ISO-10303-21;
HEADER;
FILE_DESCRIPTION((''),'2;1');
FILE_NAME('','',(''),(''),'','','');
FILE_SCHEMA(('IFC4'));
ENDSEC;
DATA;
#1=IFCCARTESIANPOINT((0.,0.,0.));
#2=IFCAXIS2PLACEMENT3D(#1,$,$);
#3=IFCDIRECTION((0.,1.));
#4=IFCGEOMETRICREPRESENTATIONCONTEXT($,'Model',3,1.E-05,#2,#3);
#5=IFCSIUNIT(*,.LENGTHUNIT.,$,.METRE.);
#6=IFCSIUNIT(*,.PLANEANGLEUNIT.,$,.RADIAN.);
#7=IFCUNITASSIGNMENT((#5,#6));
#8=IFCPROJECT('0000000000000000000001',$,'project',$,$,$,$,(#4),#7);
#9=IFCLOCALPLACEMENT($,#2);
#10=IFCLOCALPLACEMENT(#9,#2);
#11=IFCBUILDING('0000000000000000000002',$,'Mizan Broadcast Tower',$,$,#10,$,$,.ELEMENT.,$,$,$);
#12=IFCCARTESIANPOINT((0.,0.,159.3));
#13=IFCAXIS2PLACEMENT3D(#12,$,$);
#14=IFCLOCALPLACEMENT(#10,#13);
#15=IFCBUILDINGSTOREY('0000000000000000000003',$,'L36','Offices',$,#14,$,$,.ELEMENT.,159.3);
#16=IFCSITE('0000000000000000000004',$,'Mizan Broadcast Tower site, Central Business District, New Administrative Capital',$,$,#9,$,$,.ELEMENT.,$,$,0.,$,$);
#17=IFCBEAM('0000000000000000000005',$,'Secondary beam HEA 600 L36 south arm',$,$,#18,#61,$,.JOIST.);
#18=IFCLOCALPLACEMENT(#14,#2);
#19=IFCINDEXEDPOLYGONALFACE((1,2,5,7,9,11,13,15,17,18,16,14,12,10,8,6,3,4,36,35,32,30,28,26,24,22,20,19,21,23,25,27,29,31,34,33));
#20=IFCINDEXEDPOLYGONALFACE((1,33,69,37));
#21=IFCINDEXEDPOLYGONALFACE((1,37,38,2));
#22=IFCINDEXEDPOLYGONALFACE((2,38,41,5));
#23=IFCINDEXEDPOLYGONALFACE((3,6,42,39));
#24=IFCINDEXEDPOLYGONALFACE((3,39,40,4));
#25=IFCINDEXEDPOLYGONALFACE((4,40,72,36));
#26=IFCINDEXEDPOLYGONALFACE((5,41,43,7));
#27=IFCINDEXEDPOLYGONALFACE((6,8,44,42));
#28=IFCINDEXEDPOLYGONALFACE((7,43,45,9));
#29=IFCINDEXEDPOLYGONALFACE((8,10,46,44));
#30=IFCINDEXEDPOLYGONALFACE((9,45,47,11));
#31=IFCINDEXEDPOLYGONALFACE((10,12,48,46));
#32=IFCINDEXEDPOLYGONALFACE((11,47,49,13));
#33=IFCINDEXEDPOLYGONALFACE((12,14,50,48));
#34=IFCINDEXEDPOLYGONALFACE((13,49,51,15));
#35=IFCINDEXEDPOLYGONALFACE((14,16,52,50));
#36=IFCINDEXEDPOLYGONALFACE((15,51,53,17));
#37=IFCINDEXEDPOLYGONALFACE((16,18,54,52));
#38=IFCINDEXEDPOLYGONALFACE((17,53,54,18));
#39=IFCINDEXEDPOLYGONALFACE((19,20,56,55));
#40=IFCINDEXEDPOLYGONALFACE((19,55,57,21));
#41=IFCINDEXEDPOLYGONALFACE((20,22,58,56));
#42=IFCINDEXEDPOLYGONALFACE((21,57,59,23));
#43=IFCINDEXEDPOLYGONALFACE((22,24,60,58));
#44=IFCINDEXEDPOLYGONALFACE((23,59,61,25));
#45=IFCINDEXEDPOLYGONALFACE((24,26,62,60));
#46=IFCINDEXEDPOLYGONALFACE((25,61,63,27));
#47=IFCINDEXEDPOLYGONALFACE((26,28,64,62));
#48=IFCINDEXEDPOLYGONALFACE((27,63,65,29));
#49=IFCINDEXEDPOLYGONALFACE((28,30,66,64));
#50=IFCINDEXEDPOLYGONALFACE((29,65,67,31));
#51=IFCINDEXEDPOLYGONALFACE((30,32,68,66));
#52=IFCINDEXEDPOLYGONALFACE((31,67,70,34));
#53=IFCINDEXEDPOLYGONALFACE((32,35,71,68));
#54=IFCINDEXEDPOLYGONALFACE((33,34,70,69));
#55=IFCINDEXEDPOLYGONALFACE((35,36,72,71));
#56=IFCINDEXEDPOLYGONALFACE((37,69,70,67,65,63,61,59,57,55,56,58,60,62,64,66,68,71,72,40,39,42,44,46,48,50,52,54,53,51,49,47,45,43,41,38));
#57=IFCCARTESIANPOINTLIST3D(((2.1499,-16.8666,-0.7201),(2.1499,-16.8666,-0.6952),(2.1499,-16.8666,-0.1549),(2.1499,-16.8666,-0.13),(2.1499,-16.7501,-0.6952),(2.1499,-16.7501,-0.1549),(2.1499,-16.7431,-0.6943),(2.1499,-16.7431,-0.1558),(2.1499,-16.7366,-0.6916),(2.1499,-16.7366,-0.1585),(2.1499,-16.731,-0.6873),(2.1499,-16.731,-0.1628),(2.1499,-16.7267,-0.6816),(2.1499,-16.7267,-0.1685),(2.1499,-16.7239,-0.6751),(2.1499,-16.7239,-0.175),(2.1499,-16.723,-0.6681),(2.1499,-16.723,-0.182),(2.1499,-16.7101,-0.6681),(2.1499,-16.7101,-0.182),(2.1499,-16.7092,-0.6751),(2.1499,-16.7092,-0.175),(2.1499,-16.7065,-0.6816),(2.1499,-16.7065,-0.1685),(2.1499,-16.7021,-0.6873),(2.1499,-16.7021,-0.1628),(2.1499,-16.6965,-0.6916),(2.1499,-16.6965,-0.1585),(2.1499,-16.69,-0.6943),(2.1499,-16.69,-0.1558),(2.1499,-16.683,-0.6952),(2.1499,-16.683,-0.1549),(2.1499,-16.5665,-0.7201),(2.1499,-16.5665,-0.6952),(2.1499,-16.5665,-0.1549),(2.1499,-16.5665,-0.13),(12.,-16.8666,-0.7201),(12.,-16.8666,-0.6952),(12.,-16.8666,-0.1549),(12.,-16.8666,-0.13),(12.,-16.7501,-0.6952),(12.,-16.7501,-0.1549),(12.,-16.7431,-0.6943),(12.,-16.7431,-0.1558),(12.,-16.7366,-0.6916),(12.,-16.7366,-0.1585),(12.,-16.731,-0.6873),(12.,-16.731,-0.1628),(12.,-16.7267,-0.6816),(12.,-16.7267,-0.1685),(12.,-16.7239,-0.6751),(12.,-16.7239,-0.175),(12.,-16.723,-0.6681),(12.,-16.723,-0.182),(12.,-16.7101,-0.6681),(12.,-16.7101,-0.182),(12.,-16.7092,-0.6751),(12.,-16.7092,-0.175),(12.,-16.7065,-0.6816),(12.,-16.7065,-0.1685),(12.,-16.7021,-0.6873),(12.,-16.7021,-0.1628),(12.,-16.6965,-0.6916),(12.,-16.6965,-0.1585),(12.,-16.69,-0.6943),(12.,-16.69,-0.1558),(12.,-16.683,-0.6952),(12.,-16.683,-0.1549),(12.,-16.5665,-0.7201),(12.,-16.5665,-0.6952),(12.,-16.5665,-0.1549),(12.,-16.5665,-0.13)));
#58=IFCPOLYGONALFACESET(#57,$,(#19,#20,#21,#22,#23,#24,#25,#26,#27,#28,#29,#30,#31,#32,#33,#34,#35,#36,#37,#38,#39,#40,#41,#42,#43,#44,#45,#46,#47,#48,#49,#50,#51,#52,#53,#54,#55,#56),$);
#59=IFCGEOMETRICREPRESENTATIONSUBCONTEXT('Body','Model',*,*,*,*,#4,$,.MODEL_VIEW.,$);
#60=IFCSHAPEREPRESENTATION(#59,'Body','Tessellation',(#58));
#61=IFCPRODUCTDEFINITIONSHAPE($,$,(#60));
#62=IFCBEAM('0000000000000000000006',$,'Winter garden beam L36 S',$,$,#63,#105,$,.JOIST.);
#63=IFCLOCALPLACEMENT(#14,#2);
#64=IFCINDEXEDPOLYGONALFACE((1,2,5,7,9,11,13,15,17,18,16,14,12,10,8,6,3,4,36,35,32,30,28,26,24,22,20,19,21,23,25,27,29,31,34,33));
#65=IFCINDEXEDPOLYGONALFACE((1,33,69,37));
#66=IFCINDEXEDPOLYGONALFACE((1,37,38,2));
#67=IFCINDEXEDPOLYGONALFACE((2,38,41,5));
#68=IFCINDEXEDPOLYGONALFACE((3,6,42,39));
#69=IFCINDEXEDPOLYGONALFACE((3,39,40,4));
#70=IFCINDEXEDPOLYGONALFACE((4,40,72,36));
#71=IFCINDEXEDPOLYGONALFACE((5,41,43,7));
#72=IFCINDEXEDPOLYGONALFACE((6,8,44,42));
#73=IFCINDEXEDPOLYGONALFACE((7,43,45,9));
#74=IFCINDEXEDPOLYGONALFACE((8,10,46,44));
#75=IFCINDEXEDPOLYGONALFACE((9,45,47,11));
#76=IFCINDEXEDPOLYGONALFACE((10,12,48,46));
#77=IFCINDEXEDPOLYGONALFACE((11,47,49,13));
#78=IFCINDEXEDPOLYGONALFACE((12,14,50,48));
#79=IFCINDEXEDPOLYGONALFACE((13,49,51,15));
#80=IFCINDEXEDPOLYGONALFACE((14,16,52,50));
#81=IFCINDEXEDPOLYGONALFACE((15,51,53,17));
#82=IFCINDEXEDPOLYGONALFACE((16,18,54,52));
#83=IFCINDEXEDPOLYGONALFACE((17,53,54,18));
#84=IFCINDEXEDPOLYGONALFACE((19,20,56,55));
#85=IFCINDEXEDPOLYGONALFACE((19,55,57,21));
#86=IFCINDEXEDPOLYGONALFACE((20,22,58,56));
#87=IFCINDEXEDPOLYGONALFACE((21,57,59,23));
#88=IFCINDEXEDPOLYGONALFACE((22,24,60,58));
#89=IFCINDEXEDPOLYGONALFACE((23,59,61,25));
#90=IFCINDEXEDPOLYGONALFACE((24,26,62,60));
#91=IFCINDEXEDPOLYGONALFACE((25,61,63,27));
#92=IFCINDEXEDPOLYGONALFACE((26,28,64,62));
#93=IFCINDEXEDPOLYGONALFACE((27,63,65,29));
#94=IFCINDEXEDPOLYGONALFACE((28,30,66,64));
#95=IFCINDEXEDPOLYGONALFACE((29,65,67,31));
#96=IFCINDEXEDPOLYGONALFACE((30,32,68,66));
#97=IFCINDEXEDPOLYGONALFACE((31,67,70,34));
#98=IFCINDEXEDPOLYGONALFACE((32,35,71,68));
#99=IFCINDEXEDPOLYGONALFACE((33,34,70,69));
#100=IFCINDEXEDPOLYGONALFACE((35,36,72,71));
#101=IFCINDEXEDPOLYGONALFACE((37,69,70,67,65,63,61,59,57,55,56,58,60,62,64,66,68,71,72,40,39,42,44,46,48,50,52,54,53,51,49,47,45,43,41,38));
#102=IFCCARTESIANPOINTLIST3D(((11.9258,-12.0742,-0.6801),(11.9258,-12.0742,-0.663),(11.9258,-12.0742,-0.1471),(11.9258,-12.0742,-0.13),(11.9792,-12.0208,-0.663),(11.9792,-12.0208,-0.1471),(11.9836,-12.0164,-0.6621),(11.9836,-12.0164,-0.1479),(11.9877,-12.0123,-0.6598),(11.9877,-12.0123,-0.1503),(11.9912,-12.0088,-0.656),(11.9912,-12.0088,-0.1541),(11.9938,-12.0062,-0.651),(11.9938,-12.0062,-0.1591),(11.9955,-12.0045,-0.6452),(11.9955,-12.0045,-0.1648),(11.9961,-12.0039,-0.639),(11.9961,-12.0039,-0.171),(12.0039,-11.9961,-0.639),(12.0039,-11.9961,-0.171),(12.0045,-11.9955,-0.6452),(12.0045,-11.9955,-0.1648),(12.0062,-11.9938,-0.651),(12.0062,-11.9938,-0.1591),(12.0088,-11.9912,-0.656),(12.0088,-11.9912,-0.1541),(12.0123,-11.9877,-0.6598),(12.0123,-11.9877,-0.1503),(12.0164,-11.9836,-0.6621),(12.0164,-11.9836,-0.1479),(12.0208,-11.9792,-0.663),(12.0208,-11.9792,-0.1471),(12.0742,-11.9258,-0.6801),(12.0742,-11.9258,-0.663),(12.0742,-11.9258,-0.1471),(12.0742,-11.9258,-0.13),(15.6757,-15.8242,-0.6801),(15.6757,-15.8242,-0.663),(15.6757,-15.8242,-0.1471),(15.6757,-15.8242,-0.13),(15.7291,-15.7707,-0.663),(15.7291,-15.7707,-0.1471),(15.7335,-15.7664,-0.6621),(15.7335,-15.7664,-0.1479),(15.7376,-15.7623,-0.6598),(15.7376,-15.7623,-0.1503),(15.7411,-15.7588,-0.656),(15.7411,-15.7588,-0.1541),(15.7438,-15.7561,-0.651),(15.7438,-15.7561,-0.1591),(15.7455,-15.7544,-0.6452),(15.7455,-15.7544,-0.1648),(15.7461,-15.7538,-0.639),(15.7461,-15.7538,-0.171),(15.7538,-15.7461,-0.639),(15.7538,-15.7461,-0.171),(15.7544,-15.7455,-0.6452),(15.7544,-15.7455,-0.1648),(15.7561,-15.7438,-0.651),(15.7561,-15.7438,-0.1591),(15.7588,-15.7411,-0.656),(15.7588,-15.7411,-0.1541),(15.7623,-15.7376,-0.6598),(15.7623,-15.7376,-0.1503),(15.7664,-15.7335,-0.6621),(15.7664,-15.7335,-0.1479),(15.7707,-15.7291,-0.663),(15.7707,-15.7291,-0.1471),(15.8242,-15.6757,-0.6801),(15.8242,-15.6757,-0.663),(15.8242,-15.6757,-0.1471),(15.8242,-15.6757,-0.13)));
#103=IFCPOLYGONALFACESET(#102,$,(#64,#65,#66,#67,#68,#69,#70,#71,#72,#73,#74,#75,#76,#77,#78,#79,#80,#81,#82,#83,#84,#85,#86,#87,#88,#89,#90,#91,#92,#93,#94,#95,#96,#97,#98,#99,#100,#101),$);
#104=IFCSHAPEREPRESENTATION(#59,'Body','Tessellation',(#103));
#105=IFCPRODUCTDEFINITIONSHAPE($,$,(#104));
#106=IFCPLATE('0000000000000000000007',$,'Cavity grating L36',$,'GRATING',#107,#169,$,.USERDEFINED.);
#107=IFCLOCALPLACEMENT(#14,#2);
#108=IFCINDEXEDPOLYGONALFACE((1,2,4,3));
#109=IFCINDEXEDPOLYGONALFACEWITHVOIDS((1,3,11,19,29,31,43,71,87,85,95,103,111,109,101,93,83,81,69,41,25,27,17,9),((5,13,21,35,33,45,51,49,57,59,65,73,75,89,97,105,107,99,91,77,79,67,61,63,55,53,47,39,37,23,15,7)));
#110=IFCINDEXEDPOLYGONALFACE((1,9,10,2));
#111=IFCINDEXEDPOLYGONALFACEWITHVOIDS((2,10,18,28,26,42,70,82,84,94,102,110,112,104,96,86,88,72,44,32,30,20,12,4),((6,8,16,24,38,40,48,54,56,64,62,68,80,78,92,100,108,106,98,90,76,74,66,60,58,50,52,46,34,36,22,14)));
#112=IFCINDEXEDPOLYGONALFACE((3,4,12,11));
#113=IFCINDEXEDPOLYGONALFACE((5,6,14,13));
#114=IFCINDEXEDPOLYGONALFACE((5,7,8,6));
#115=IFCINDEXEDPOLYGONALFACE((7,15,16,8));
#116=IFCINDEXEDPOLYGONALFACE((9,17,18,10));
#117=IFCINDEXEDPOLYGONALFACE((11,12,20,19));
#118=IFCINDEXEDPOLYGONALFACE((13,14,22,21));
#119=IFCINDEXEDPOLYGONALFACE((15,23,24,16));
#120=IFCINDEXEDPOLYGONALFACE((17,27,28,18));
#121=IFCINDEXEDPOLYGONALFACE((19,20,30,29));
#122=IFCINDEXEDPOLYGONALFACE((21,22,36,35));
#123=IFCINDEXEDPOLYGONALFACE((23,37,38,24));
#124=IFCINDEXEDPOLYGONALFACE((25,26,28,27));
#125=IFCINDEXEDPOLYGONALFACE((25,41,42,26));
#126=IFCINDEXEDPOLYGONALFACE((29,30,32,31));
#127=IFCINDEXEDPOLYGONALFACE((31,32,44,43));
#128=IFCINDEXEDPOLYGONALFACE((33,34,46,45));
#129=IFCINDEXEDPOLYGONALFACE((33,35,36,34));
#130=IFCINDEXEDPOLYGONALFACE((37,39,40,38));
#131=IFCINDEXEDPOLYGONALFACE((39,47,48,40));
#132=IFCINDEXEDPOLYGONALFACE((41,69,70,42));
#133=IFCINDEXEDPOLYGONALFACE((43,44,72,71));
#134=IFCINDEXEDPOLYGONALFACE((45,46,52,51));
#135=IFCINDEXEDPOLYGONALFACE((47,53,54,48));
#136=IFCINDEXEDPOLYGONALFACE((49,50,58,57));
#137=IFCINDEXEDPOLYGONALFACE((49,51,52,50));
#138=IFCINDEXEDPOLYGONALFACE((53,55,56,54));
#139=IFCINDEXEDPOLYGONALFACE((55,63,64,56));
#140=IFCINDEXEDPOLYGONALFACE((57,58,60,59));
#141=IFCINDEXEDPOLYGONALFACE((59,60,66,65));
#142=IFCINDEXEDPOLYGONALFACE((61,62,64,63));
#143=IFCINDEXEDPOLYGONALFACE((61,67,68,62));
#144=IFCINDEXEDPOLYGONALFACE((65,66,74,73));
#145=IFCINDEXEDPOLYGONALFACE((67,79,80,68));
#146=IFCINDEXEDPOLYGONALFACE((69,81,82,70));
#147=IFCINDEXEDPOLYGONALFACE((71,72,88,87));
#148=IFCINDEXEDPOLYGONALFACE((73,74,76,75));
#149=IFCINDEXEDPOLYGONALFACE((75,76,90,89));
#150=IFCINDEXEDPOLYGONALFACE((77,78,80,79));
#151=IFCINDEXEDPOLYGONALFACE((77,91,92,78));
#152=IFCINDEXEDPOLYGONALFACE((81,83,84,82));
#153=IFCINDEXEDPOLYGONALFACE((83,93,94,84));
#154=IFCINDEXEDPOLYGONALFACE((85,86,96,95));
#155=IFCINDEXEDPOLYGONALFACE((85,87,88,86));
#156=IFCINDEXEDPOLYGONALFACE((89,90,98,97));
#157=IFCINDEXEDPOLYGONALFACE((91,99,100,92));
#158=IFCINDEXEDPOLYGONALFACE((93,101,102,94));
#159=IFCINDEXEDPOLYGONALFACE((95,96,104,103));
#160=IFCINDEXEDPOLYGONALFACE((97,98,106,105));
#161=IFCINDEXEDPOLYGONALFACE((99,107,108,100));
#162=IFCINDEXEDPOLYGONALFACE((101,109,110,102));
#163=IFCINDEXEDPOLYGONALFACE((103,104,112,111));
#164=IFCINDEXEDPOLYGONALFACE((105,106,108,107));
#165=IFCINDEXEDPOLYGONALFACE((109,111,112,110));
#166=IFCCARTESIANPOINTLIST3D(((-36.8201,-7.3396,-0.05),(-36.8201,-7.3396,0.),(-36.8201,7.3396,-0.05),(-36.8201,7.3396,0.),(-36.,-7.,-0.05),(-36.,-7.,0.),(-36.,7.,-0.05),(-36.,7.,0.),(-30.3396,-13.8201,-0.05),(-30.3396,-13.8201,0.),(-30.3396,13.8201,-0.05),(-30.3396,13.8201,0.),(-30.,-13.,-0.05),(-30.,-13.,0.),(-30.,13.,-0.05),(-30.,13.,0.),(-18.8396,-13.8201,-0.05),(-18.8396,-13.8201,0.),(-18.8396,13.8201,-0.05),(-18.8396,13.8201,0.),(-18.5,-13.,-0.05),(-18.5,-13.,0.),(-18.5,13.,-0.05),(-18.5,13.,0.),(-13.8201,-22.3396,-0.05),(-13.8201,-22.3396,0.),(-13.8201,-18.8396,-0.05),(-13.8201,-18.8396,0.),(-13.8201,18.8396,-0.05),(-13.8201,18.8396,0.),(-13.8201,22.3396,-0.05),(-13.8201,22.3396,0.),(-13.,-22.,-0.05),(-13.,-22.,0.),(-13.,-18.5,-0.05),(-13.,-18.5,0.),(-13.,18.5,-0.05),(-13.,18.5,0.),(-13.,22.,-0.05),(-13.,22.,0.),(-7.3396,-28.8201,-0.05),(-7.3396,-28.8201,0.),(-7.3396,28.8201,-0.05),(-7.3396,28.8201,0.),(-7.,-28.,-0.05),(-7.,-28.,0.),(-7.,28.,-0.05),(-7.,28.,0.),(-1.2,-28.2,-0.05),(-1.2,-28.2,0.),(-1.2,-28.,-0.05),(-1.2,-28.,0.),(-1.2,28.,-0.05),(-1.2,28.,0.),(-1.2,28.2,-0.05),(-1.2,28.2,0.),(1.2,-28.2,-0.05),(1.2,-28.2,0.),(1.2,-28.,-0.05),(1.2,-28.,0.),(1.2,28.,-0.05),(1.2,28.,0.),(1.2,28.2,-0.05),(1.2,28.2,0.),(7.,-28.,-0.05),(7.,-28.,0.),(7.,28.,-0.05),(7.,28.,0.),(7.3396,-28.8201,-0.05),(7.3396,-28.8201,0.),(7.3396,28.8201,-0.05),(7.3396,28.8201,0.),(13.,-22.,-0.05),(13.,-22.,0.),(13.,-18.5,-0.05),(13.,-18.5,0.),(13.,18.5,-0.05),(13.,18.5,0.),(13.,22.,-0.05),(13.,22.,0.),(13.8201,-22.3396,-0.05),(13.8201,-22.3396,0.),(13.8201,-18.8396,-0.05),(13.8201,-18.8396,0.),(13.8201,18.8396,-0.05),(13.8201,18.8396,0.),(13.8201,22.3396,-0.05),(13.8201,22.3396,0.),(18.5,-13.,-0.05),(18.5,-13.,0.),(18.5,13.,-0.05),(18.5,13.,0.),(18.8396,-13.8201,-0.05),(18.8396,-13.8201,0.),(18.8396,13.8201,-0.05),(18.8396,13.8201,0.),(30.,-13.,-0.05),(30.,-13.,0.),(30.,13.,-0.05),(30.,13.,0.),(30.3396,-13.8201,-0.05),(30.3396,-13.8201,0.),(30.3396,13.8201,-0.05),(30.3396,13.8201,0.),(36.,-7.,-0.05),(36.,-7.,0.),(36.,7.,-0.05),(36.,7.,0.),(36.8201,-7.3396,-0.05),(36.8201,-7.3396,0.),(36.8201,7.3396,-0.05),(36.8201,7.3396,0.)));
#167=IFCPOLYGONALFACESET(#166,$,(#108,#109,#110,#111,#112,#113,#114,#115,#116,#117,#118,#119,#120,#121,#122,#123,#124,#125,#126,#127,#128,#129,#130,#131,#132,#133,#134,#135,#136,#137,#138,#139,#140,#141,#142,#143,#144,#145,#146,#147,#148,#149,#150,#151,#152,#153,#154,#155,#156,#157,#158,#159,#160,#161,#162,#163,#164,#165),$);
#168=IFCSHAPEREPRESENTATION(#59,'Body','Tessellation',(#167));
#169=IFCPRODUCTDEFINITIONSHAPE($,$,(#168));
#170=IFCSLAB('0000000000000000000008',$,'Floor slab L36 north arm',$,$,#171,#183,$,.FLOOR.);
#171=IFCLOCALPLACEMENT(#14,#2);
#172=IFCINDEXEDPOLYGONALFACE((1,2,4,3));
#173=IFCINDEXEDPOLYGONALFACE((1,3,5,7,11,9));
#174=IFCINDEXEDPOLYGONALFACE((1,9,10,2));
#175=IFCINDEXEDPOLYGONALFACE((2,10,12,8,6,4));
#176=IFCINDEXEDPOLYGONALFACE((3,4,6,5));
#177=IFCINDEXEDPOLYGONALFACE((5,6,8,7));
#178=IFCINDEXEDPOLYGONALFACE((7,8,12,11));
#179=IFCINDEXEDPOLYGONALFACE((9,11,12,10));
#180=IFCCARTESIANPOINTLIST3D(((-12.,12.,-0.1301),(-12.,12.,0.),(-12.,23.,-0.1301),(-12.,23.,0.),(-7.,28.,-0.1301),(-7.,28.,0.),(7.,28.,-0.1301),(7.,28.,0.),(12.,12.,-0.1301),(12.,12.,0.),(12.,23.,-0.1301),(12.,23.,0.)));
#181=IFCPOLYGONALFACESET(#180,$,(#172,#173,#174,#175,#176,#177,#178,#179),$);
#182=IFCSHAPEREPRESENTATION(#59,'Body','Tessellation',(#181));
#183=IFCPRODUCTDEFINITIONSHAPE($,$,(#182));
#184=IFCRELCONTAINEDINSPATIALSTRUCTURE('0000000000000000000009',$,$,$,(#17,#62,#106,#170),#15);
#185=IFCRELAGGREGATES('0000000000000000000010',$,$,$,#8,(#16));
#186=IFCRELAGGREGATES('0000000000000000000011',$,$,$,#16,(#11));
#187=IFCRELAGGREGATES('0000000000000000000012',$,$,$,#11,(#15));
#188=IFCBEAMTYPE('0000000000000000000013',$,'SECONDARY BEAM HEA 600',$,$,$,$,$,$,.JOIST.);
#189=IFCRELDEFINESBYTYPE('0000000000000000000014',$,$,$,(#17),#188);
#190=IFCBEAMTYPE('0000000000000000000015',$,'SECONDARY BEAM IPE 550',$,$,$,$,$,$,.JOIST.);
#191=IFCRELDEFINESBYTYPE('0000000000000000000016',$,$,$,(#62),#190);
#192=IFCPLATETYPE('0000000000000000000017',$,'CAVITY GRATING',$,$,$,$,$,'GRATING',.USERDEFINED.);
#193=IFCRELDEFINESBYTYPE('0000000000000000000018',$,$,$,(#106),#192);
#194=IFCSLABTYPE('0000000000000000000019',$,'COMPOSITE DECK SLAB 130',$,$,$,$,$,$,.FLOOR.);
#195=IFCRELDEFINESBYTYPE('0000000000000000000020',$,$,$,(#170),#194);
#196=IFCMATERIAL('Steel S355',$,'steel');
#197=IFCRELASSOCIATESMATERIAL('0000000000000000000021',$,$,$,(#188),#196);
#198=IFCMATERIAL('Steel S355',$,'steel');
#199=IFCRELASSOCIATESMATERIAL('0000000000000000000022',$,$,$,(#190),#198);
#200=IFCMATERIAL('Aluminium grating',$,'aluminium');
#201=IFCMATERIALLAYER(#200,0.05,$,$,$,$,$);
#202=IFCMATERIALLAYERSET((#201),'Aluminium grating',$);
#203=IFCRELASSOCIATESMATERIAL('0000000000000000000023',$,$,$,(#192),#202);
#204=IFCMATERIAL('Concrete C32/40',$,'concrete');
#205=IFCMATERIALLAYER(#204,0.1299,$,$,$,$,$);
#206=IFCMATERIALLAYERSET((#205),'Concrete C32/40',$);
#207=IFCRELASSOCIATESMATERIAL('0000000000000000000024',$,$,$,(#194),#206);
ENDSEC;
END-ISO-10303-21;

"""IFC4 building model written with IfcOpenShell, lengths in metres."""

from ifc_helpers import new_model, si_unit, direction, frame, origin, origin_2d, place, context, subcontext, project, spatial, polyline, i_section, outline, extrude, material, layer, layer_set, material_profile, profile_set, type_object, element, save


model = new_model("IFC4")

# Units and contexts
model_context = context("Model", 3, precision=1e-05, world=origin(), true_north=direction((0.0, 1.0)))
body_context = subcontext(model_context, "Body", "Model", "MODEL_VIEW")
ifc_project = project(units=[si_unit("LENGTHUNIT", "METRE"), si_unit("PLANEANGLEUNIT", "RADIAN")], contexts=[model_context])

# Site, building, storey
site_placement = place(None, origin())
site = spatial("IfcSite", under=ifc_project, at=site_placement, Name="Mizan Broadcast Tower site, Central Business District, New Administrative Capital", CompositionType="ELEMENT", RefElevation=0.0)
building_placement = place(site_placement, origin())
building = spatial("IfcBuilding", under=site, at=building_placement, Name="Mizan Broadcast Tower", CompositionType="ELEMENT")
storey_placement = place(building_placement, frame((0.0, 0.0, 159.3)))
storey = spatial("IfcBuildingStorey", under=building, at=storey_placement, Name="L36", Description="Offices", CompositionType="ELEMENT", Elevation=159.3)

# Beams
ifc_material_1 = material(Name="Steel S355", Category="steel")
ifc_material_profile_1 = material_profile(ifc_material_1, i_section(OverallWidth=0.3, OverallDepth=0.5901, WebThickness=0.0129, FlangeThickness=0.0249, FilletRadius=0.0271, at=origin_2d()), Name="HEA 600")
ifc_profile_set_1 = profile_set([ifc_material_profile_1], Name="Steel S355")
beam_type_1 = type_object("IfcBeamType", Name="SECONDARY BEAM HEA 600", PredefinedType="JOIST", material=ifc_profile_set_1)
for number, where, z_axis, x_axis, name in (
    (1, (12.0, -16.7166, -0.425), (-1.0, 0.0, 0.0), (0.0, -1.0, 0.0), "Secondary beam HEA 600 L36 south arm"),
):
    element("IfcBeam", number, at=place(storey_placement, frame(where, z_axis=z_axis, x_axis=x_axis)), inside=storey, type_object=beam_type_1, Name=name, PredefinedType="JOIST", context=body_context, shape_type="SweptSolid", body=[
        extrude(i_section(OverallWidth=0.3, OverallDepth=0.5901, WebThickness=0.0129, FlangeThickness=0.0249, FilletRadius=0.0271, at=origin_2d()), origin(), (0.0, 0.0, 1.0), 9.8501),
    ])
ifc_material_2 = material(Name="Steel S355", Category="steel")
ifc_material_profile_2 = material_profile(ifc_material_2, i_section(OverallWidth=0.21, OverallDepth=0.55, WebThickness=0.011, FlangeThickness=0.0171, FilletRadius=0.0239, at=origin_2d()), Name="IPE 550")
ifc_profile_set_2 = profile_set([ifc_material_profile_2], Name="Steel S355")
beam_type_2 = type_object("IfcBeamType", Name="SECONDARY BEAM IPE 550", PredefinedType="JOIST", material=ifc_profile_set_2)
beam_1_placement = place(storey_placement, frame((12.0, -12.0, -0.405), z_axis=(0.707107, -0.707107, 0.0), x_axis=(0.707107, 0.707107, 0.0)))
element("IfcBeam", 2, at=beam_1_placement, inside=storey, type_object=beam_type_2, Name="Winter garden beam L36 S", PredefinedType="JOIST", context=body_context, shape_type="SweptSolid", body=[
    extrude(i_section(OverallWidth=0.21, OverallDepth=0.55, WebThickness=0.011, FlangeThickness=0.0171, FilletRadius=0.0239, at=origin_2d()), origin(), (0.0, 0.0, 1.0), 5.3032),
])

# Plate
ifc_material_3 = material(Name="Aluminium grating", Category="aluminium")
ifc_layer_1 = layer(ifc_material_3, 0.05)
ifc_layer_set_1 = layer_set([ifc_layer_1], Name="Aluminium grating")
plate_type = type_object("IfcPlateType", Name="CAVITY GRATING", ElementType="GRATING", PredefinedType="USERDEFINED", material=ifc_layer_set_1)
plate_placement = place(storey_placement, frame((0.0, 0.0, -0.05)))
element("IfcPlate", 3, at=plate_placement, inside=storey, type_object=plate_type, Name="Cavity grating L36", ObjectType="GRATING", PredefinedType="USERDEFINED", context=body_context, shape_type="SweptSolid", body=[
    extrude(outline(polyline([(13.8201, -18.8396), (18.8396, -13.8201), (30.3396, -13.8201), (36.8201, -7.3396), (36.8201, 7.3396), (30.3396, 13.8201), (18.8396, 13.8201), (13.8201, 18.8396), (13.8201, 22.3396), (7.3396, 28.8201), (-7.3396, 28.8201), (-13.8201, 22.3396), (-13.8201, 18.8396), (-18.8396, 13.8201), (-30.3396, 13.8201), (-36.8201, 7.3396), (-36.8201, -7.3396), (-30.3396, -13.8201), (-18.8396, -13.8201), (-13.8201, -18.8396), (-13.8201, -22.3396), (-7.3396, -28.8201), (7.3396, -28.8201), (13.8201, -22.3396), (13.8201, -18.8396)]), holes=[polyline([(36.0, 7.0), (36.0, -7.0), (30.0, -13.0), (18.5, -13.0), (13.0, -18.5), (13.0, -22.0), (7.0, -28.0), (1.2, -28.0), (1.2, -28.2), (-1.2, -28.2), (-1.2, -28.0), (-7.0, -28.0), (-13.0, -22.0), (-13.0, -18.5), (-18.5, -13.0), (-30.0, -13.0), (-36.0, -7.0), (-36.0, 7.0), (-30.0, 13.0), (-18.5, 13.0), (-13.0, 18.5), (-13.0, 22.0), (-7.0, 28.0), (-1.2, 28.0), (-1.2, 28.2), (1.2, 28.2), (1.2, 28.0), (7.0, 28.0), (13.0, 22.0), (13.0, 18.5), (18.5, 13.0), (30.0, 13.0), (36.0, 7.0)])]), origin(), (0.0, 0.0, 1.0), 0.05),
])

# Slab
ifc_material_4 = material(Name="Concrete C32/40", Category="concrete")
ifc_layer_2 = layer(ifc_material_4, 0.1299)
ifc_layer_set_2 = layer_set([ifc_layer_2], Name="Concrete C32/40")
slab_type_1 = type_object("IfcSlabType", Name="COMPOSITE DECK SLAB 130", PredefinedType="FLOOR", material=ifc_layer_set_2)
slab_1_placement = place(storey_placement, frame((0.0, 0.0, -0.1301)))
element("IfcSlab", 4, at=slab_1_placement, inside=storey, type_object=slab_type_1, Name="Floor slab L36 north arm", PredefinedType="FLOOR", context=body_context, shape_type="SweptSolid", body=[
    extrude(outline(polyline([(-7.0, 28.0), (-12.0, 23.0), (-12.0, 12.0), (12.0, 12.0), (12.0, 23.0), (7.0, 28.0), (-7.0, 28.0)])), origin(), (0.0, 0.0, 1.0), 0.1301),
])

save(model, "model.ifc")
